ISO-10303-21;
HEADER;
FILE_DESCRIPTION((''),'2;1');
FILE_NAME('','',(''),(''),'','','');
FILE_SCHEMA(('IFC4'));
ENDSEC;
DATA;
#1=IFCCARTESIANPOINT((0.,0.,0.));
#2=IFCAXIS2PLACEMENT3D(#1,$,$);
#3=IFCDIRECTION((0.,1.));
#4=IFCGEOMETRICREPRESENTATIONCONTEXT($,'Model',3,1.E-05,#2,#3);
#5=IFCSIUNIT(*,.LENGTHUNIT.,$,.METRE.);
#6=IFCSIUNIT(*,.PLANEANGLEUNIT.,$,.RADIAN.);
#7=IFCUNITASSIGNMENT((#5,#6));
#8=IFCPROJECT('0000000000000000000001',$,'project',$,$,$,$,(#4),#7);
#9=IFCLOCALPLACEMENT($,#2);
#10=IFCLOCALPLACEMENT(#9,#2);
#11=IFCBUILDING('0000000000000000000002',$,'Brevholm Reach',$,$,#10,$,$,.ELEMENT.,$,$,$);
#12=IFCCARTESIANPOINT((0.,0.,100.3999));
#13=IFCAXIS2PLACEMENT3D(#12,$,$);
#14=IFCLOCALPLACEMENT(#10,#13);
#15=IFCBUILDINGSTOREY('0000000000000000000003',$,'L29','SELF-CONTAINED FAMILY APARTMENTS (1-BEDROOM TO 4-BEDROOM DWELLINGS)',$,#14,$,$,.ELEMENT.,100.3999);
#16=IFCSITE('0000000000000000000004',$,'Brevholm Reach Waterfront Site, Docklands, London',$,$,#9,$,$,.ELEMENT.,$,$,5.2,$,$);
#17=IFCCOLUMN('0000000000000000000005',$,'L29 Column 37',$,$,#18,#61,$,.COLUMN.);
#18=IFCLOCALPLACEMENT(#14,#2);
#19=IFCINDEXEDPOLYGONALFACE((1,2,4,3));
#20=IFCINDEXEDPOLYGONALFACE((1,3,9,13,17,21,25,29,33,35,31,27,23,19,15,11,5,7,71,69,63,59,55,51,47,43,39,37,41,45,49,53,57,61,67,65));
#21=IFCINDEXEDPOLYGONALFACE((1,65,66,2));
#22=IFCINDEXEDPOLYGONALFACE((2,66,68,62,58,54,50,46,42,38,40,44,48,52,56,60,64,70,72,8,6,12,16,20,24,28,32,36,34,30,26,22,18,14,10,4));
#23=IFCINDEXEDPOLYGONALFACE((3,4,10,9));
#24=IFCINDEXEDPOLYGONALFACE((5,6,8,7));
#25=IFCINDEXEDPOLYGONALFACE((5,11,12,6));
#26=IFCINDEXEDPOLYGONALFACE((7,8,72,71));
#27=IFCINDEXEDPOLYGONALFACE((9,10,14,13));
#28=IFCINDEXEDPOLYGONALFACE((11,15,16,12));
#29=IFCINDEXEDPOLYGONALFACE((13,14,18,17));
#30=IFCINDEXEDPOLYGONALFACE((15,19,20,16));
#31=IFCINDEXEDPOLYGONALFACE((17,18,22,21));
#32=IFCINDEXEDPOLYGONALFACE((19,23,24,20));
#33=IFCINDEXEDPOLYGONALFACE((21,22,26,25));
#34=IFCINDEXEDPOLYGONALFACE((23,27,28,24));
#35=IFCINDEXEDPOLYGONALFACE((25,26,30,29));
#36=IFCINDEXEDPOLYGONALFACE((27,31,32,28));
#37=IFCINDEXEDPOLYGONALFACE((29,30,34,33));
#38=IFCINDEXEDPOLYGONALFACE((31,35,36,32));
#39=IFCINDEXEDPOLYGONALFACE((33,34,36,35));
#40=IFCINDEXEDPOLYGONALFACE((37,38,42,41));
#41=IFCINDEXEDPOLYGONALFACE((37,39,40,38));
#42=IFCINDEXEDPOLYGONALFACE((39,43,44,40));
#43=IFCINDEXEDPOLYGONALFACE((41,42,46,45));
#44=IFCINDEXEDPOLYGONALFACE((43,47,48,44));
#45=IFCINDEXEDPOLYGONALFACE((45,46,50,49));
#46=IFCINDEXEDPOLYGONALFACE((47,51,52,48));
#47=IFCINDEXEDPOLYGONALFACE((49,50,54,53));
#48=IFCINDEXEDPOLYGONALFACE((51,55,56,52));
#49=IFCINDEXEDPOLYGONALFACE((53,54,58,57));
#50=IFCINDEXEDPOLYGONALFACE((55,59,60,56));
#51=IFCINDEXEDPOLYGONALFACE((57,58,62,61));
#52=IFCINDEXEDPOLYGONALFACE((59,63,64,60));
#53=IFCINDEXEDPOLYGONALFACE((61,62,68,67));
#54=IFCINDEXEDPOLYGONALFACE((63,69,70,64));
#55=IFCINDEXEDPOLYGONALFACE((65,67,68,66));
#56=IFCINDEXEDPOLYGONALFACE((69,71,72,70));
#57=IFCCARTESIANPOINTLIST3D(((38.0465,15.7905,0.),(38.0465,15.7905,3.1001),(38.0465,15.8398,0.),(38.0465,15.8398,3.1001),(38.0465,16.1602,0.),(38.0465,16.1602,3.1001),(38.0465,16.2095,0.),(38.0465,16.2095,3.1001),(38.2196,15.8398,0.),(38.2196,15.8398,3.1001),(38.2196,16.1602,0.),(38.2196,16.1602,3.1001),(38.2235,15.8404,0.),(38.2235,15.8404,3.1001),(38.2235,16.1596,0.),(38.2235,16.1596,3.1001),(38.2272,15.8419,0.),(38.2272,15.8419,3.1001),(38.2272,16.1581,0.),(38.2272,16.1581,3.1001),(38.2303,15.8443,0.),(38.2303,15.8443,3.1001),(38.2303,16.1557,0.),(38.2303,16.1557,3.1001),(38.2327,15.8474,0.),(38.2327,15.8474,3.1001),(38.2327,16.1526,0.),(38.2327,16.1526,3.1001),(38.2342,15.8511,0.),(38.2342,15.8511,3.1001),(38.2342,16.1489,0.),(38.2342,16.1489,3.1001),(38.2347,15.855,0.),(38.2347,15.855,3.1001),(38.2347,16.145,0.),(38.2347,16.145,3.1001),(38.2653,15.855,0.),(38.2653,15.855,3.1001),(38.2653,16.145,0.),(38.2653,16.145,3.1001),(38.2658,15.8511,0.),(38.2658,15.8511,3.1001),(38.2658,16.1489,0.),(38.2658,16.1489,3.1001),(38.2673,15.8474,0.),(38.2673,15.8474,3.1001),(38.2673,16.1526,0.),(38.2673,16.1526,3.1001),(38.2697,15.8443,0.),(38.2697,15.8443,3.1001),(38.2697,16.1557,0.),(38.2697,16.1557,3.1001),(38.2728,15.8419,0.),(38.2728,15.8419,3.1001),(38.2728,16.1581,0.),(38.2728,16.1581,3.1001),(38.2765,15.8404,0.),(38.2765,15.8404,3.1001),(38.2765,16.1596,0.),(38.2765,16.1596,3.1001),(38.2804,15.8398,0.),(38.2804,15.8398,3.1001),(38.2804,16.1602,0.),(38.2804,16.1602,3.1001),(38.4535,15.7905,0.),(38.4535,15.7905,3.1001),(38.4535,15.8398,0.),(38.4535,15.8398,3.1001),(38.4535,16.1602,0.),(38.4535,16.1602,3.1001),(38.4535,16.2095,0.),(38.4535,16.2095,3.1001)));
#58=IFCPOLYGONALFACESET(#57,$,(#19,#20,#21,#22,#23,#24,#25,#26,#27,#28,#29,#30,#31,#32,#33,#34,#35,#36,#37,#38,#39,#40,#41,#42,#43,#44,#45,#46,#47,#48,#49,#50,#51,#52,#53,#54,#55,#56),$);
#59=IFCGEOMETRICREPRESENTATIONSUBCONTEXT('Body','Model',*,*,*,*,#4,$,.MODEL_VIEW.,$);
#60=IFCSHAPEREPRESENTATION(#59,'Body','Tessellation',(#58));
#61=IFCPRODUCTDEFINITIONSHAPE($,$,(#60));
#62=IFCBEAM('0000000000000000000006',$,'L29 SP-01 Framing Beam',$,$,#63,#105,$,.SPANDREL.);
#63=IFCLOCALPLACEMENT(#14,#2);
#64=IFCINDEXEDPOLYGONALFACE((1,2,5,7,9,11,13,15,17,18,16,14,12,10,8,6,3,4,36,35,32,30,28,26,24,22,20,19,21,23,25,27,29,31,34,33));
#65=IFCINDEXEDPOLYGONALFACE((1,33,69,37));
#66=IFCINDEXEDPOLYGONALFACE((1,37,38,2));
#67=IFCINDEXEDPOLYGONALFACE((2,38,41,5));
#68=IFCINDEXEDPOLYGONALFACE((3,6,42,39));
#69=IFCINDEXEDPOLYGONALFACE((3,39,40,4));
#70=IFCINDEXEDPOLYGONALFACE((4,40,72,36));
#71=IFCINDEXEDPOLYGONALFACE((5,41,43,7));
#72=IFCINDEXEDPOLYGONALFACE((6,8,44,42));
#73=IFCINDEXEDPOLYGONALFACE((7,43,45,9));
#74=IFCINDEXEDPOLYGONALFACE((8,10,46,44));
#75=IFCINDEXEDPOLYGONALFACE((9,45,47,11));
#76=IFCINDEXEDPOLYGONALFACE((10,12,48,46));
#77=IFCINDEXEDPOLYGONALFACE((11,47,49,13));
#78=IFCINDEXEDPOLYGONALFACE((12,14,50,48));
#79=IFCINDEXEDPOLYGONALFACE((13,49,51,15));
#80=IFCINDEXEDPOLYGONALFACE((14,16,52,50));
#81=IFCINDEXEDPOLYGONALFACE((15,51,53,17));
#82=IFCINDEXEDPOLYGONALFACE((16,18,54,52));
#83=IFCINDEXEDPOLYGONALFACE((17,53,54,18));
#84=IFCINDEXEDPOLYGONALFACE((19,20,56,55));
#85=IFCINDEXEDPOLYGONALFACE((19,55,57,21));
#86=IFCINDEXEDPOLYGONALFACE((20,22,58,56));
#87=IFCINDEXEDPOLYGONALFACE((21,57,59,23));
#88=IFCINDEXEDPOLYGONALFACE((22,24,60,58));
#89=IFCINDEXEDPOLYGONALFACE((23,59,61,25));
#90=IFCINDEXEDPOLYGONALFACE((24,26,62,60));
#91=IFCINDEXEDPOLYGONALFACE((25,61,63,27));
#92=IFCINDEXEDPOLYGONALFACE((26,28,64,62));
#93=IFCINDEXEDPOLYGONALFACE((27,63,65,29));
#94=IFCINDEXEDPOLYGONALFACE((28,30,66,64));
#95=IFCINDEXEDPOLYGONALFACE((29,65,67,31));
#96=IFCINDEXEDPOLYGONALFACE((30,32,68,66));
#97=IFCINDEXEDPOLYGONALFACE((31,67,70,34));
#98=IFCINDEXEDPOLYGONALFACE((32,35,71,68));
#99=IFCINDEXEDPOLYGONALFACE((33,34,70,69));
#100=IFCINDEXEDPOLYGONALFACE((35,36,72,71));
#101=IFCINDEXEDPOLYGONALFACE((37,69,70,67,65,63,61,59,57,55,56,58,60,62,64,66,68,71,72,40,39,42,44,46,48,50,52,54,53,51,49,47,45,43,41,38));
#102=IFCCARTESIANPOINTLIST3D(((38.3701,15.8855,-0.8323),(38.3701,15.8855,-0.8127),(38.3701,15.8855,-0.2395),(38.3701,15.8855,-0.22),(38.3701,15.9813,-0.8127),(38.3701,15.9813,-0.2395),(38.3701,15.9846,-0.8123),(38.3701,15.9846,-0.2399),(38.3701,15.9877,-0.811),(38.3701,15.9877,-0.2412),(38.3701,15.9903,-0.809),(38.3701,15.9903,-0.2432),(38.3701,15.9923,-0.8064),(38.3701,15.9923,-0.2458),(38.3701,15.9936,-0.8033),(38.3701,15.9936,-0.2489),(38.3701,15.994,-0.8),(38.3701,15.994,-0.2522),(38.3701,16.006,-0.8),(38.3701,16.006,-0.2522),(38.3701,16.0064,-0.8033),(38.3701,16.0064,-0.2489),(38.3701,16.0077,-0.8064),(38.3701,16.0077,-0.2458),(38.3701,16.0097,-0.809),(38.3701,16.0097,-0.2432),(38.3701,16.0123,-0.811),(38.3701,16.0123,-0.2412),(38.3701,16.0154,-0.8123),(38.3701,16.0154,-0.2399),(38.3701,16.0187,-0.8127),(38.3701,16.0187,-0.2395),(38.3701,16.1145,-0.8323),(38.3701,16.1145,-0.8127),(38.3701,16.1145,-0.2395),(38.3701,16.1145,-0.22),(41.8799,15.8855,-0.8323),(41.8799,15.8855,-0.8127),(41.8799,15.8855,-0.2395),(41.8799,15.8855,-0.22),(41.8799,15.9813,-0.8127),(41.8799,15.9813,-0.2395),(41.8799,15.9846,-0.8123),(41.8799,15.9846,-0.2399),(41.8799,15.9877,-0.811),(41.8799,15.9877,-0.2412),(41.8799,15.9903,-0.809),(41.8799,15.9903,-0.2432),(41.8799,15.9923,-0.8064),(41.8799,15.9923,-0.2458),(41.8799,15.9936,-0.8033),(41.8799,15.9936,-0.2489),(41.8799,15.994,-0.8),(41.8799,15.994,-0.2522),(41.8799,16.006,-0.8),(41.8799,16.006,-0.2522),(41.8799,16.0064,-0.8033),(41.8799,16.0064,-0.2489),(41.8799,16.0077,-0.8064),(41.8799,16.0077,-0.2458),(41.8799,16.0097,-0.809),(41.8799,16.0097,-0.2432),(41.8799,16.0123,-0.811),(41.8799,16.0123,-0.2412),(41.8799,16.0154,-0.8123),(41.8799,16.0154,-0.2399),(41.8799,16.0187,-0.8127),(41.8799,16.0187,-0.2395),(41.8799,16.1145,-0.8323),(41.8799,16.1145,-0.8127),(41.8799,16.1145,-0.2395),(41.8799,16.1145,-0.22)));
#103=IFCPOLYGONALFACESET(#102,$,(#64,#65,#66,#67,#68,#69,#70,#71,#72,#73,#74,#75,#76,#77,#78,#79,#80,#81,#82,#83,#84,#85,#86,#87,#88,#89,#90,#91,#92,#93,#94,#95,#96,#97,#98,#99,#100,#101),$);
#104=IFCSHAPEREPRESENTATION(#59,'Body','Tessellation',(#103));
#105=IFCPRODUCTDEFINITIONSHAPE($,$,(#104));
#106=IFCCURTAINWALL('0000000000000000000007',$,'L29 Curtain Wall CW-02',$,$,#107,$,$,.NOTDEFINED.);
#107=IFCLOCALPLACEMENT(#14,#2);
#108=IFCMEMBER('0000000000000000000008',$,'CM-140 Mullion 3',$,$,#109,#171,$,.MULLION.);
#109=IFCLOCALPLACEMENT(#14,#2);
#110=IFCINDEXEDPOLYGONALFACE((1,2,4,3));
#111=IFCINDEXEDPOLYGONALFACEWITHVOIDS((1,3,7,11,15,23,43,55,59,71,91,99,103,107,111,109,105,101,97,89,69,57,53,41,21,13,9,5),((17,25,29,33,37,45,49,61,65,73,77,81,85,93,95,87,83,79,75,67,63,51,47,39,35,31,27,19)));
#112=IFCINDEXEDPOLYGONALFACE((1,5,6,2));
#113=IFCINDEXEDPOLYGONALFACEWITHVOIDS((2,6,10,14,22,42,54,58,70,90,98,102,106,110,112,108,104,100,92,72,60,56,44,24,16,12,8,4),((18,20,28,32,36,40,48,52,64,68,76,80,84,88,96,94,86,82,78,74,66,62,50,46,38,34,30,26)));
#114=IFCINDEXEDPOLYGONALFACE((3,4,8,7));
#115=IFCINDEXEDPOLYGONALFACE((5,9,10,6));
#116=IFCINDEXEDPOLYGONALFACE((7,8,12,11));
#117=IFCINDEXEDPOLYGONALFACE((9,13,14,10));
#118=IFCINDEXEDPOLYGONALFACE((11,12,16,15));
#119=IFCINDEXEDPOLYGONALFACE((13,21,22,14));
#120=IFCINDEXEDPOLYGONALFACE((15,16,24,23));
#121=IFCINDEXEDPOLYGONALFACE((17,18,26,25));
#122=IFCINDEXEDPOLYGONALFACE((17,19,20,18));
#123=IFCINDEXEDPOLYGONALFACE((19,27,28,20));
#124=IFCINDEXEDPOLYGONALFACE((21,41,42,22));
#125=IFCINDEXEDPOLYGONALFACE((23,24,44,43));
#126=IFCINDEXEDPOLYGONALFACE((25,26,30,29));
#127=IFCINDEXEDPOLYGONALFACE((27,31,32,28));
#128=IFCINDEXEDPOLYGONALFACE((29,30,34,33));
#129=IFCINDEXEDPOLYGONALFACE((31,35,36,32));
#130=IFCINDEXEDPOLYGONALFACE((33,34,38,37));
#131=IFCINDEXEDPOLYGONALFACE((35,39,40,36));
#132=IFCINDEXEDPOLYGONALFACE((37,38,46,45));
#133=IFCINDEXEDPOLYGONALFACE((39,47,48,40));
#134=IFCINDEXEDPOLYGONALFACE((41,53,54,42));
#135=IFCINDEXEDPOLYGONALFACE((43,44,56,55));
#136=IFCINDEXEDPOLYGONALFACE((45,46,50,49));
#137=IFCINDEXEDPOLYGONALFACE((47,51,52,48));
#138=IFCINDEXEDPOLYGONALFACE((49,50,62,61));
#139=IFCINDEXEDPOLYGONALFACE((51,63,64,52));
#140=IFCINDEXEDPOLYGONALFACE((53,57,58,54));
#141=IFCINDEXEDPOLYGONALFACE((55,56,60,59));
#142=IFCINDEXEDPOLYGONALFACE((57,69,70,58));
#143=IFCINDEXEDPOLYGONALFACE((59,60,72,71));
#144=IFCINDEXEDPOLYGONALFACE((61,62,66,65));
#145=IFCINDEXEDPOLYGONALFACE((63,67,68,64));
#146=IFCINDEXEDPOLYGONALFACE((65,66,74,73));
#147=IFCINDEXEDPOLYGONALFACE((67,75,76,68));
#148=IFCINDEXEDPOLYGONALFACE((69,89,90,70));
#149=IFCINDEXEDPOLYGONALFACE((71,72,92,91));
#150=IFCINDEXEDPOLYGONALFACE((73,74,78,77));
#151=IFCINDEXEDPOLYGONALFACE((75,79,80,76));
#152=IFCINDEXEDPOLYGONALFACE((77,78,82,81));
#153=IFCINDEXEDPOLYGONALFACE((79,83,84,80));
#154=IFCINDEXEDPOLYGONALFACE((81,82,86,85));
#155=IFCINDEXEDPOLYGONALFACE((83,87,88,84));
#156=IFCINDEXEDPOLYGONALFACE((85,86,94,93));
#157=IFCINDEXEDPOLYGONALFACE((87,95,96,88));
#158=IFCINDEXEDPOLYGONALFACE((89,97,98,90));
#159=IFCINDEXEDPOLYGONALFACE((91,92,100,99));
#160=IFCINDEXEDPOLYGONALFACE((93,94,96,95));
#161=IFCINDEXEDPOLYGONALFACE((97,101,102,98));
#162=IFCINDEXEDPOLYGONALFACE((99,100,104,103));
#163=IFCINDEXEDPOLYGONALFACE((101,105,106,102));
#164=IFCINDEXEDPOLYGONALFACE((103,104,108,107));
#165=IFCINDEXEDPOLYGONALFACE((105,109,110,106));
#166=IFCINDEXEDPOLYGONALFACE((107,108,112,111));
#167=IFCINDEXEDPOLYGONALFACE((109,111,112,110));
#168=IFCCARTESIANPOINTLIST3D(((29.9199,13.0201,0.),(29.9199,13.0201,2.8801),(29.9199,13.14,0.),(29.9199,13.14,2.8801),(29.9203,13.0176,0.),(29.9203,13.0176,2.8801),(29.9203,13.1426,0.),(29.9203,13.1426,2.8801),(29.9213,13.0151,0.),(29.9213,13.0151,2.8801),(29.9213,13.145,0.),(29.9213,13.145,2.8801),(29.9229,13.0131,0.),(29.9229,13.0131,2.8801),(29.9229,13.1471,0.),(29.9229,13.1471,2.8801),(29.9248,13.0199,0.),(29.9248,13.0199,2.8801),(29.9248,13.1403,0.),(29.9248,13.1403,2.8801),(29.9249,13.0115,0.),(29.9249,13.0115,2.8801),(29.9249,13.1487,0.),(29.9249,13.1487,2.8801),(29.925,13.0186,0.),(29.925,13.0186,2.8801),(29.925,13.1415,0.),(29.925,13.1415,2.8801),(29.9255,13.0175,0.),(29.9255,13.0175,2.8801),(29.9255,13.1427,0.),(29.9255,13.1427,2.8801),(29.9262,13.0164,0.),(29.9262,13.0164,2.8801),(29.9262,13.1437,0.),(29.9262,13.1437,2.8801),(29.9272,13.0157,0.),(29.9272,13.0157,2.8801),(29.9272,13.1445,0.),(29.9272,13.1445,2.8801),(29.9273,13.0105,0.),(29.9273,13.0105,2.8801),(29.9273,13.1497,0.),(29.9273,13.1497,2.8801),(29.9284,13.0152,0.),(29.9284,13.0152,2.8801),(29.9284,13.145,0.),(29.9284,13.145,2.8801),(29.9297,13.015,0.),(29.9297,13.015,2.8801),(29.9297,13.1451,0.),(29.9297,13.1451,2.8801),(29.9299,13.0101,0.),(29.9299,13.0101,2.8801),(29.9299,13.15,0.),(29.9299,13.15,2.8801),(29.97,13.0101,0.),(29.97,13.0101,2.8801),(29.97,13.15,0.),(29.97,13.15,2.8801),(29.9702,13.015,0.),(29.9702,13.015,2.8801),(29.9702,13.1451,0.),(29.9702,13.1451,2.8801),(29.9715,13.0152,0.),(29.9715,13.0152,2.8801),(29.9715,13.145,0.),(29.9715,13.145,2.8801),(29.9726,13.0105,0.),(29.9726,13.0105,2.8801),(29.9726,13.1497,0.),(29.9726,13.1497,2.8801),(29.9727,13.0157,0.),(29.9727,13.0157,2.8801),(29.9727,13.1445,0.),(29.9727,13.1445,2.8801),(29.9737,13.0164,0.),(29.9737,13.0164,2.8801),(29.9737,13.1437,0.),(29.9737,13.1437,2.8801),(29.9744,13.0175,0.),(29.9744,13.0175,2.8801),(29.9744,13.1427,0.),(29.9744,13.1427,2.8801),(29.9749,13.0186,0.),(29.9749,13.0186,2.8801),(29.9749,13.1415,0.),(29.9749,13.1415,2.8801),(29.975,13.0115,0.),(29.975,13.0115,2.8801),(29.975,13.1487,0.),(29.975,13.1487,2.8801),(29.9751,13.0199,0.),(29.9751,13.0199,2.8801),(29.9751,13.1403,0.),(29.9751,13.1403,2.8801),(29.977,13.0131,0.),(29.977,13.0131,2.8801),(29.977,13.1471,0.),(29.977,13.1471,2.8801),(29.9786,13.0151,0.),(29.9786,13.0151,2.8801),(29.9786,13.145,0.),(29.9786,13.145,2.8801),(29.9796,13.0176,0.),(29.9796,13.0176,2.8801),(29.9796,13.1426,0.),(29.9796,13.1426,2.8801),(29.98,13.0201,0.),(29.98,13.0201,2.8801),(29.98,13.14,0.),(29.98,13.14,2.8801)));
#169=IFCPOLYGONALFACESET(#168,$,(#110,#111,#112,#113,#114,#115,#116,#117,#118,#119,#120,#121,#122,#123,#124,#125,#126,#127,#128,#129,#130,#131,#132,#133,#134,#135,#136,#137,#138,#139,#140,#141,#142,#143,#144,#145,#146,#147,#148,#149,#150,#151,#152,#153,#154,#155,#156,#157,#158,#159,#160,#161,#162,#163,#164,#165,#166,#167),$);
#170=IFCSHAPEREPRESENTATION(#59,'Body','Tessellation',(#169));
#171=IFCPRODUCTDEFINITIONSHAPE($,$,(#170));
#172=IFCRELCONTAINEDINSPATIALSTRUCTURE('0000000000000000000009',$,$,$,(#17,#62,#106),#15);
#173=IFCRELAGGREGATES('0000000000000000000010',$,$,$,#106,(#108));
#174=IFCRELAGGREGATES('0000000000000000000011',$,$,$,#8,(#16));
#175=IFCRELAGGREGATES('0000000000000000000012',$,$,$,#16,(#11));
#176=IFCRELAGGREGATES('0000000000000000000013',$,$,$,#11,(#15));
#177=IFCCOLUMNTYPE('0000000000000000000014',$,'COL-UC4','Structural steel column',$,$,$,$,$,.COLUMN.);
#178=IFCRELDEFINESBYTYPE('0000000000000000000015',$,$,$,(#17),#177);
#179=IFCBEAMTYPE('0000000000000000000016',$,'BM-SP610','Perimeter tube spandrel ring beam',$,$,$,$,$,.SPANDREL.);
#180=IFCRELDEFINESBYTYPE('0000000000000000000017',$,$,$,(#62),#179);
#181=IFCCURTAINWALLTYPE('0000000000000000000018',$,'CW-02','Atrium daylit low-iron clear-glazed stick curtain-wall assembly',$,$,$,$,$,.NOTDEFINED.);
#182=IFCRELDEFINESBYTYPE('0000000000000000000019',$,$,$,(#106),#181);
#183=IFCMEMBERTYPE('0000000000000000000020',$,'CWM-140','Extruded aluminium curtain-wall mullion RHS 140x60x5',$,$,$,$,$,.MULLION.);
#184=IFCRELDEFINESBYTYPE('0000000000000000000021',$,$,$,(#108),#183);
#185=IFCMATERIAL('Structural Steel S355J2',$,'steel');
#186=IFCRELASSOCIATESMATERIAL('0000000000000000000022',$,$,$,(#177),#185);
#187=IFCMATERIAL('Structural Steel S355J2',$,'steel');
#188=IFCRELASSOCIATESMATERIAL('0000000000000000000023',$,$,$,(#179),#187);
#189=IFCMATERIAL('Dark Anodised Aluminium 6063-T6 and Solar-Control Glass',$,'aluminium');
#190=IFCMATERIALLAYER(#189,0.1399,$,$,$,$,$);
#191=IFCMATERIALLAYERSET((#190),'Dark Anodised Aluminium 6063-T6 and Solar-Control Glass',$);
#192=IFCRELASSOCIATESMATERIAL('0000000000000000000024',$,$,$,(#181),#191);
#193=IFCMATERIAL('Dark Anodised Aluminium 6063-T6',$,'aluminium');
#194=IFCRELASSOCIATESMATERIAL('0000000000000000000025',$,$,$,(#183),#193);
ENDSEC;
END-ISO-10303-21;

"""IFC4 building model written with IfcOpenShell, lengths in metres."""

from ifc_helpers import new_model, si_unit, direction, frame, origin, origin_2d, place, context, subcontext, project, spatial, hollow_rectangle, i_section, extrude, material, layer, layer_set, material_profile, profile_set, type_object, element, aggregate, save


model = new_model("IFC4")

# Units and contexts
model_context = context("Model", 3, precision=1e-05, world=origin(), true_north=direction((0.0, 1.0)))
body_context = subcontext(model_context, "Body", "Model", "MODEL_VIEW")
ifc_project = project(units=[si_unit("LENGTHUNIT", "METRE"), si_unit("PLANEANGLEUNIT", "RADIAN")], contexts=[model_context])

# Site, building, storey
site_placement = place(None, origin())
site = spatial("IfcSite", under=ifc_project, at=site_placement, Name="Brevholm Reach Waterfront Site, Docklands, London", CompositionType="ELEMENT", RefElevation=5.2)
building_placement = place(site_placement, origin())
building = spatial("IfcBuilding", under=site, at=building_placement, Name="Brevholm Reach", CompositionType="ELEMENT")
storey_placement = place(building_placement, frame((0.0, 0.0, 100.3999)))
storey = spatial("IfcBuildingStorey", under=building, at=storey_placement, Name="L29", Description="SELF-CONTAINED FAMILY APARTMENTS (1-BEDROOM TO 4-BEDROOM DWELLINGS)", CompositionType="ELEMENT", Elevation=100.3999)

# Column
ifc_material_1 = material(Name="Structural Steel S355J2", Category="steel")
ifc_material_profile_1 = material_profile(ifc_material_1, i_section(OverallWidth=0.407, OverallDepth=0.4189, WebThickness=0.0305, FlangeThickness=0.0493, FilletRadius=0.0151, at=origin_2d()), Name="UKC 356x406x393")
ifc_profile_set_1 = profile_set([ifc_material_profile_1], Name="Structural Steel S355J2")
column_type = type_object("IfcColumnType", Name="COL-UC4", Description="Structural steel column", PredefinedType="COLUMN", material=ifc_profile_set_1)
column_placement = place(storey_placement, frame((38.25, 16.0, 0.0), z_axis=(0.0, 0.0, 1.0), x_axis=(1.0, 0.0, 0.0)))
element("IfcColumn", 1, at=column_placement, inside=storey, type_object=column_type, Name="L29 Column 37", PredefinedType="COLUMN", context=body_context, shape_type="SweptSolid", body=[
    extrude(i_section(OverallWidth=0.407, OverallDepth=0.4189, WebThickness=0.0305, FlangeThickness=0.0493, FilletRadius=0.0151, at=origin_2d()), origin(), (0.0, 0.0, 1.0), 3.1001),
])

# Beam
ifc_material_2 = material(Name="Structural Steel S355J2", Category="steel")
ifc_material_profile_2 = material_profile(ifc_material_2, i_section(OverallWidth=0.229, OverallDepth=0.6123, WebThickness=0.012, FlangeThickness=0.0195, FilletRadius=0.0127, at=origin_2d()), Name="UKB 610x229x125")
ifc_profile_set_2 = profile_set([ifc_material_profile_2], Name="Structural Steel S355J2")
beam_type = type_object("IfcBeamType", Name="BM-SP610", Description="Perimeter tube spandrel ring beam", PredefinedType="SPANDREL", material=ifc_profile_set_2)
beam_placement = place(storey_placement, frame((38.3701, 16.0, -0.5261), z_axis=(1.0, 0.0, 0.0), x_axis=(0.0, 1.0, 0.0)))
element("IfcBeam", 2, at=beam_placement, inside=storey, type_object=beam_type, Name="L29 SP-01 Framing Beam", PredefinedType="SPANDREL", context=body_context, shape_type="SweptSolid", body=[
    extrude(i_section(OverallWidth=0.229, OverallDepth=0.6123, WebThickness=0.012, FlangeThickness=0.0195, FilletRadius=0.0127, at=origin_2d()), origin(), (0.0, 0.0, 1.0), 3.5098),
])

# Curtain wall, member
ifc_material_3 = material(Name="Dark Anodised Aluminium 6063-T6 and Solar-Control Glass", Category="aluminium")
ifc_layer_1 = layer(ifc_material_3, 0.1399)
ifc_layer_set_1 = layer_set([ifc_layer_1], Name="Dark Anodised Aluminium 6063-T6 and Solar-Control Glass")
curtain_wall_type = type_object("IfcCurtainWallType", Name="CW-02", Description="Atrium daylit low-iron clear-glazed stick curtain-wall assembly", PredefinedType="NOTDEFINED", material=ifc_layer_set_1)
curtain_wall_placement = place(storey_placement, origin())
curtain_wall = element("IfcCurtainWall", 3, at=curtain_wall_placement, inside=storey, type_object=curtain_wall_type, Name="L29 Curtain Wall CW-02", PredefinedType="NOTDEFINED")
ifc_material_4 = material(Name="Dark Anodised Aluminium 6063-T6", Category="aluminium")
ifc_material_profile_3 = material_profile(ifc_material_4, hollow_rectangle(XDim=0.0601, YDim=0.1399, WallThickness=0.0049, InnerFilletRadius=0.0049, OuterFilletRadius=0.01, at=origin_2d()), Name="RHS 140x60x5")
ifc_profile_set_3 = profile_set([ifc_material_profile_3], Name="Dark Anodised Aluminium 6063-T6")
member_type_1 = type_object("IfcMemberType", Name="CWM-140", Description="Extruded aluminium curtain-wall mullion RHS 140x60x5", PredefinedType="MULLION", material=ifc_profile_set_3)
member_1_placement = place(storey_placement, frame((29.95, 13.0801, 0.0), z_axis=(0.0, 0.0, 1.0), x_axis=(1.0, 0.0, 0.0)))
member_1 = element("IfcMember", 4, at=member_1_placement, type_object=member_type_1, Name="CM-140 Mullion 3", PredefinedType="MULLION", context=body_context, shape_type="SweptSolid", body=[
    extrude(hollow_rectangle(XDim=0.0601, YDim=0.1399, WallThickness=0.0049, InnerFilletRadius=0.0049, OuterFilletRadius=0.01, at=origin_2d()), origin(), (0.0, 0.0, 1.0), 2.8801),
])
aggregate(curtain_wall, [member_1])

save(model, "model.ifc")
